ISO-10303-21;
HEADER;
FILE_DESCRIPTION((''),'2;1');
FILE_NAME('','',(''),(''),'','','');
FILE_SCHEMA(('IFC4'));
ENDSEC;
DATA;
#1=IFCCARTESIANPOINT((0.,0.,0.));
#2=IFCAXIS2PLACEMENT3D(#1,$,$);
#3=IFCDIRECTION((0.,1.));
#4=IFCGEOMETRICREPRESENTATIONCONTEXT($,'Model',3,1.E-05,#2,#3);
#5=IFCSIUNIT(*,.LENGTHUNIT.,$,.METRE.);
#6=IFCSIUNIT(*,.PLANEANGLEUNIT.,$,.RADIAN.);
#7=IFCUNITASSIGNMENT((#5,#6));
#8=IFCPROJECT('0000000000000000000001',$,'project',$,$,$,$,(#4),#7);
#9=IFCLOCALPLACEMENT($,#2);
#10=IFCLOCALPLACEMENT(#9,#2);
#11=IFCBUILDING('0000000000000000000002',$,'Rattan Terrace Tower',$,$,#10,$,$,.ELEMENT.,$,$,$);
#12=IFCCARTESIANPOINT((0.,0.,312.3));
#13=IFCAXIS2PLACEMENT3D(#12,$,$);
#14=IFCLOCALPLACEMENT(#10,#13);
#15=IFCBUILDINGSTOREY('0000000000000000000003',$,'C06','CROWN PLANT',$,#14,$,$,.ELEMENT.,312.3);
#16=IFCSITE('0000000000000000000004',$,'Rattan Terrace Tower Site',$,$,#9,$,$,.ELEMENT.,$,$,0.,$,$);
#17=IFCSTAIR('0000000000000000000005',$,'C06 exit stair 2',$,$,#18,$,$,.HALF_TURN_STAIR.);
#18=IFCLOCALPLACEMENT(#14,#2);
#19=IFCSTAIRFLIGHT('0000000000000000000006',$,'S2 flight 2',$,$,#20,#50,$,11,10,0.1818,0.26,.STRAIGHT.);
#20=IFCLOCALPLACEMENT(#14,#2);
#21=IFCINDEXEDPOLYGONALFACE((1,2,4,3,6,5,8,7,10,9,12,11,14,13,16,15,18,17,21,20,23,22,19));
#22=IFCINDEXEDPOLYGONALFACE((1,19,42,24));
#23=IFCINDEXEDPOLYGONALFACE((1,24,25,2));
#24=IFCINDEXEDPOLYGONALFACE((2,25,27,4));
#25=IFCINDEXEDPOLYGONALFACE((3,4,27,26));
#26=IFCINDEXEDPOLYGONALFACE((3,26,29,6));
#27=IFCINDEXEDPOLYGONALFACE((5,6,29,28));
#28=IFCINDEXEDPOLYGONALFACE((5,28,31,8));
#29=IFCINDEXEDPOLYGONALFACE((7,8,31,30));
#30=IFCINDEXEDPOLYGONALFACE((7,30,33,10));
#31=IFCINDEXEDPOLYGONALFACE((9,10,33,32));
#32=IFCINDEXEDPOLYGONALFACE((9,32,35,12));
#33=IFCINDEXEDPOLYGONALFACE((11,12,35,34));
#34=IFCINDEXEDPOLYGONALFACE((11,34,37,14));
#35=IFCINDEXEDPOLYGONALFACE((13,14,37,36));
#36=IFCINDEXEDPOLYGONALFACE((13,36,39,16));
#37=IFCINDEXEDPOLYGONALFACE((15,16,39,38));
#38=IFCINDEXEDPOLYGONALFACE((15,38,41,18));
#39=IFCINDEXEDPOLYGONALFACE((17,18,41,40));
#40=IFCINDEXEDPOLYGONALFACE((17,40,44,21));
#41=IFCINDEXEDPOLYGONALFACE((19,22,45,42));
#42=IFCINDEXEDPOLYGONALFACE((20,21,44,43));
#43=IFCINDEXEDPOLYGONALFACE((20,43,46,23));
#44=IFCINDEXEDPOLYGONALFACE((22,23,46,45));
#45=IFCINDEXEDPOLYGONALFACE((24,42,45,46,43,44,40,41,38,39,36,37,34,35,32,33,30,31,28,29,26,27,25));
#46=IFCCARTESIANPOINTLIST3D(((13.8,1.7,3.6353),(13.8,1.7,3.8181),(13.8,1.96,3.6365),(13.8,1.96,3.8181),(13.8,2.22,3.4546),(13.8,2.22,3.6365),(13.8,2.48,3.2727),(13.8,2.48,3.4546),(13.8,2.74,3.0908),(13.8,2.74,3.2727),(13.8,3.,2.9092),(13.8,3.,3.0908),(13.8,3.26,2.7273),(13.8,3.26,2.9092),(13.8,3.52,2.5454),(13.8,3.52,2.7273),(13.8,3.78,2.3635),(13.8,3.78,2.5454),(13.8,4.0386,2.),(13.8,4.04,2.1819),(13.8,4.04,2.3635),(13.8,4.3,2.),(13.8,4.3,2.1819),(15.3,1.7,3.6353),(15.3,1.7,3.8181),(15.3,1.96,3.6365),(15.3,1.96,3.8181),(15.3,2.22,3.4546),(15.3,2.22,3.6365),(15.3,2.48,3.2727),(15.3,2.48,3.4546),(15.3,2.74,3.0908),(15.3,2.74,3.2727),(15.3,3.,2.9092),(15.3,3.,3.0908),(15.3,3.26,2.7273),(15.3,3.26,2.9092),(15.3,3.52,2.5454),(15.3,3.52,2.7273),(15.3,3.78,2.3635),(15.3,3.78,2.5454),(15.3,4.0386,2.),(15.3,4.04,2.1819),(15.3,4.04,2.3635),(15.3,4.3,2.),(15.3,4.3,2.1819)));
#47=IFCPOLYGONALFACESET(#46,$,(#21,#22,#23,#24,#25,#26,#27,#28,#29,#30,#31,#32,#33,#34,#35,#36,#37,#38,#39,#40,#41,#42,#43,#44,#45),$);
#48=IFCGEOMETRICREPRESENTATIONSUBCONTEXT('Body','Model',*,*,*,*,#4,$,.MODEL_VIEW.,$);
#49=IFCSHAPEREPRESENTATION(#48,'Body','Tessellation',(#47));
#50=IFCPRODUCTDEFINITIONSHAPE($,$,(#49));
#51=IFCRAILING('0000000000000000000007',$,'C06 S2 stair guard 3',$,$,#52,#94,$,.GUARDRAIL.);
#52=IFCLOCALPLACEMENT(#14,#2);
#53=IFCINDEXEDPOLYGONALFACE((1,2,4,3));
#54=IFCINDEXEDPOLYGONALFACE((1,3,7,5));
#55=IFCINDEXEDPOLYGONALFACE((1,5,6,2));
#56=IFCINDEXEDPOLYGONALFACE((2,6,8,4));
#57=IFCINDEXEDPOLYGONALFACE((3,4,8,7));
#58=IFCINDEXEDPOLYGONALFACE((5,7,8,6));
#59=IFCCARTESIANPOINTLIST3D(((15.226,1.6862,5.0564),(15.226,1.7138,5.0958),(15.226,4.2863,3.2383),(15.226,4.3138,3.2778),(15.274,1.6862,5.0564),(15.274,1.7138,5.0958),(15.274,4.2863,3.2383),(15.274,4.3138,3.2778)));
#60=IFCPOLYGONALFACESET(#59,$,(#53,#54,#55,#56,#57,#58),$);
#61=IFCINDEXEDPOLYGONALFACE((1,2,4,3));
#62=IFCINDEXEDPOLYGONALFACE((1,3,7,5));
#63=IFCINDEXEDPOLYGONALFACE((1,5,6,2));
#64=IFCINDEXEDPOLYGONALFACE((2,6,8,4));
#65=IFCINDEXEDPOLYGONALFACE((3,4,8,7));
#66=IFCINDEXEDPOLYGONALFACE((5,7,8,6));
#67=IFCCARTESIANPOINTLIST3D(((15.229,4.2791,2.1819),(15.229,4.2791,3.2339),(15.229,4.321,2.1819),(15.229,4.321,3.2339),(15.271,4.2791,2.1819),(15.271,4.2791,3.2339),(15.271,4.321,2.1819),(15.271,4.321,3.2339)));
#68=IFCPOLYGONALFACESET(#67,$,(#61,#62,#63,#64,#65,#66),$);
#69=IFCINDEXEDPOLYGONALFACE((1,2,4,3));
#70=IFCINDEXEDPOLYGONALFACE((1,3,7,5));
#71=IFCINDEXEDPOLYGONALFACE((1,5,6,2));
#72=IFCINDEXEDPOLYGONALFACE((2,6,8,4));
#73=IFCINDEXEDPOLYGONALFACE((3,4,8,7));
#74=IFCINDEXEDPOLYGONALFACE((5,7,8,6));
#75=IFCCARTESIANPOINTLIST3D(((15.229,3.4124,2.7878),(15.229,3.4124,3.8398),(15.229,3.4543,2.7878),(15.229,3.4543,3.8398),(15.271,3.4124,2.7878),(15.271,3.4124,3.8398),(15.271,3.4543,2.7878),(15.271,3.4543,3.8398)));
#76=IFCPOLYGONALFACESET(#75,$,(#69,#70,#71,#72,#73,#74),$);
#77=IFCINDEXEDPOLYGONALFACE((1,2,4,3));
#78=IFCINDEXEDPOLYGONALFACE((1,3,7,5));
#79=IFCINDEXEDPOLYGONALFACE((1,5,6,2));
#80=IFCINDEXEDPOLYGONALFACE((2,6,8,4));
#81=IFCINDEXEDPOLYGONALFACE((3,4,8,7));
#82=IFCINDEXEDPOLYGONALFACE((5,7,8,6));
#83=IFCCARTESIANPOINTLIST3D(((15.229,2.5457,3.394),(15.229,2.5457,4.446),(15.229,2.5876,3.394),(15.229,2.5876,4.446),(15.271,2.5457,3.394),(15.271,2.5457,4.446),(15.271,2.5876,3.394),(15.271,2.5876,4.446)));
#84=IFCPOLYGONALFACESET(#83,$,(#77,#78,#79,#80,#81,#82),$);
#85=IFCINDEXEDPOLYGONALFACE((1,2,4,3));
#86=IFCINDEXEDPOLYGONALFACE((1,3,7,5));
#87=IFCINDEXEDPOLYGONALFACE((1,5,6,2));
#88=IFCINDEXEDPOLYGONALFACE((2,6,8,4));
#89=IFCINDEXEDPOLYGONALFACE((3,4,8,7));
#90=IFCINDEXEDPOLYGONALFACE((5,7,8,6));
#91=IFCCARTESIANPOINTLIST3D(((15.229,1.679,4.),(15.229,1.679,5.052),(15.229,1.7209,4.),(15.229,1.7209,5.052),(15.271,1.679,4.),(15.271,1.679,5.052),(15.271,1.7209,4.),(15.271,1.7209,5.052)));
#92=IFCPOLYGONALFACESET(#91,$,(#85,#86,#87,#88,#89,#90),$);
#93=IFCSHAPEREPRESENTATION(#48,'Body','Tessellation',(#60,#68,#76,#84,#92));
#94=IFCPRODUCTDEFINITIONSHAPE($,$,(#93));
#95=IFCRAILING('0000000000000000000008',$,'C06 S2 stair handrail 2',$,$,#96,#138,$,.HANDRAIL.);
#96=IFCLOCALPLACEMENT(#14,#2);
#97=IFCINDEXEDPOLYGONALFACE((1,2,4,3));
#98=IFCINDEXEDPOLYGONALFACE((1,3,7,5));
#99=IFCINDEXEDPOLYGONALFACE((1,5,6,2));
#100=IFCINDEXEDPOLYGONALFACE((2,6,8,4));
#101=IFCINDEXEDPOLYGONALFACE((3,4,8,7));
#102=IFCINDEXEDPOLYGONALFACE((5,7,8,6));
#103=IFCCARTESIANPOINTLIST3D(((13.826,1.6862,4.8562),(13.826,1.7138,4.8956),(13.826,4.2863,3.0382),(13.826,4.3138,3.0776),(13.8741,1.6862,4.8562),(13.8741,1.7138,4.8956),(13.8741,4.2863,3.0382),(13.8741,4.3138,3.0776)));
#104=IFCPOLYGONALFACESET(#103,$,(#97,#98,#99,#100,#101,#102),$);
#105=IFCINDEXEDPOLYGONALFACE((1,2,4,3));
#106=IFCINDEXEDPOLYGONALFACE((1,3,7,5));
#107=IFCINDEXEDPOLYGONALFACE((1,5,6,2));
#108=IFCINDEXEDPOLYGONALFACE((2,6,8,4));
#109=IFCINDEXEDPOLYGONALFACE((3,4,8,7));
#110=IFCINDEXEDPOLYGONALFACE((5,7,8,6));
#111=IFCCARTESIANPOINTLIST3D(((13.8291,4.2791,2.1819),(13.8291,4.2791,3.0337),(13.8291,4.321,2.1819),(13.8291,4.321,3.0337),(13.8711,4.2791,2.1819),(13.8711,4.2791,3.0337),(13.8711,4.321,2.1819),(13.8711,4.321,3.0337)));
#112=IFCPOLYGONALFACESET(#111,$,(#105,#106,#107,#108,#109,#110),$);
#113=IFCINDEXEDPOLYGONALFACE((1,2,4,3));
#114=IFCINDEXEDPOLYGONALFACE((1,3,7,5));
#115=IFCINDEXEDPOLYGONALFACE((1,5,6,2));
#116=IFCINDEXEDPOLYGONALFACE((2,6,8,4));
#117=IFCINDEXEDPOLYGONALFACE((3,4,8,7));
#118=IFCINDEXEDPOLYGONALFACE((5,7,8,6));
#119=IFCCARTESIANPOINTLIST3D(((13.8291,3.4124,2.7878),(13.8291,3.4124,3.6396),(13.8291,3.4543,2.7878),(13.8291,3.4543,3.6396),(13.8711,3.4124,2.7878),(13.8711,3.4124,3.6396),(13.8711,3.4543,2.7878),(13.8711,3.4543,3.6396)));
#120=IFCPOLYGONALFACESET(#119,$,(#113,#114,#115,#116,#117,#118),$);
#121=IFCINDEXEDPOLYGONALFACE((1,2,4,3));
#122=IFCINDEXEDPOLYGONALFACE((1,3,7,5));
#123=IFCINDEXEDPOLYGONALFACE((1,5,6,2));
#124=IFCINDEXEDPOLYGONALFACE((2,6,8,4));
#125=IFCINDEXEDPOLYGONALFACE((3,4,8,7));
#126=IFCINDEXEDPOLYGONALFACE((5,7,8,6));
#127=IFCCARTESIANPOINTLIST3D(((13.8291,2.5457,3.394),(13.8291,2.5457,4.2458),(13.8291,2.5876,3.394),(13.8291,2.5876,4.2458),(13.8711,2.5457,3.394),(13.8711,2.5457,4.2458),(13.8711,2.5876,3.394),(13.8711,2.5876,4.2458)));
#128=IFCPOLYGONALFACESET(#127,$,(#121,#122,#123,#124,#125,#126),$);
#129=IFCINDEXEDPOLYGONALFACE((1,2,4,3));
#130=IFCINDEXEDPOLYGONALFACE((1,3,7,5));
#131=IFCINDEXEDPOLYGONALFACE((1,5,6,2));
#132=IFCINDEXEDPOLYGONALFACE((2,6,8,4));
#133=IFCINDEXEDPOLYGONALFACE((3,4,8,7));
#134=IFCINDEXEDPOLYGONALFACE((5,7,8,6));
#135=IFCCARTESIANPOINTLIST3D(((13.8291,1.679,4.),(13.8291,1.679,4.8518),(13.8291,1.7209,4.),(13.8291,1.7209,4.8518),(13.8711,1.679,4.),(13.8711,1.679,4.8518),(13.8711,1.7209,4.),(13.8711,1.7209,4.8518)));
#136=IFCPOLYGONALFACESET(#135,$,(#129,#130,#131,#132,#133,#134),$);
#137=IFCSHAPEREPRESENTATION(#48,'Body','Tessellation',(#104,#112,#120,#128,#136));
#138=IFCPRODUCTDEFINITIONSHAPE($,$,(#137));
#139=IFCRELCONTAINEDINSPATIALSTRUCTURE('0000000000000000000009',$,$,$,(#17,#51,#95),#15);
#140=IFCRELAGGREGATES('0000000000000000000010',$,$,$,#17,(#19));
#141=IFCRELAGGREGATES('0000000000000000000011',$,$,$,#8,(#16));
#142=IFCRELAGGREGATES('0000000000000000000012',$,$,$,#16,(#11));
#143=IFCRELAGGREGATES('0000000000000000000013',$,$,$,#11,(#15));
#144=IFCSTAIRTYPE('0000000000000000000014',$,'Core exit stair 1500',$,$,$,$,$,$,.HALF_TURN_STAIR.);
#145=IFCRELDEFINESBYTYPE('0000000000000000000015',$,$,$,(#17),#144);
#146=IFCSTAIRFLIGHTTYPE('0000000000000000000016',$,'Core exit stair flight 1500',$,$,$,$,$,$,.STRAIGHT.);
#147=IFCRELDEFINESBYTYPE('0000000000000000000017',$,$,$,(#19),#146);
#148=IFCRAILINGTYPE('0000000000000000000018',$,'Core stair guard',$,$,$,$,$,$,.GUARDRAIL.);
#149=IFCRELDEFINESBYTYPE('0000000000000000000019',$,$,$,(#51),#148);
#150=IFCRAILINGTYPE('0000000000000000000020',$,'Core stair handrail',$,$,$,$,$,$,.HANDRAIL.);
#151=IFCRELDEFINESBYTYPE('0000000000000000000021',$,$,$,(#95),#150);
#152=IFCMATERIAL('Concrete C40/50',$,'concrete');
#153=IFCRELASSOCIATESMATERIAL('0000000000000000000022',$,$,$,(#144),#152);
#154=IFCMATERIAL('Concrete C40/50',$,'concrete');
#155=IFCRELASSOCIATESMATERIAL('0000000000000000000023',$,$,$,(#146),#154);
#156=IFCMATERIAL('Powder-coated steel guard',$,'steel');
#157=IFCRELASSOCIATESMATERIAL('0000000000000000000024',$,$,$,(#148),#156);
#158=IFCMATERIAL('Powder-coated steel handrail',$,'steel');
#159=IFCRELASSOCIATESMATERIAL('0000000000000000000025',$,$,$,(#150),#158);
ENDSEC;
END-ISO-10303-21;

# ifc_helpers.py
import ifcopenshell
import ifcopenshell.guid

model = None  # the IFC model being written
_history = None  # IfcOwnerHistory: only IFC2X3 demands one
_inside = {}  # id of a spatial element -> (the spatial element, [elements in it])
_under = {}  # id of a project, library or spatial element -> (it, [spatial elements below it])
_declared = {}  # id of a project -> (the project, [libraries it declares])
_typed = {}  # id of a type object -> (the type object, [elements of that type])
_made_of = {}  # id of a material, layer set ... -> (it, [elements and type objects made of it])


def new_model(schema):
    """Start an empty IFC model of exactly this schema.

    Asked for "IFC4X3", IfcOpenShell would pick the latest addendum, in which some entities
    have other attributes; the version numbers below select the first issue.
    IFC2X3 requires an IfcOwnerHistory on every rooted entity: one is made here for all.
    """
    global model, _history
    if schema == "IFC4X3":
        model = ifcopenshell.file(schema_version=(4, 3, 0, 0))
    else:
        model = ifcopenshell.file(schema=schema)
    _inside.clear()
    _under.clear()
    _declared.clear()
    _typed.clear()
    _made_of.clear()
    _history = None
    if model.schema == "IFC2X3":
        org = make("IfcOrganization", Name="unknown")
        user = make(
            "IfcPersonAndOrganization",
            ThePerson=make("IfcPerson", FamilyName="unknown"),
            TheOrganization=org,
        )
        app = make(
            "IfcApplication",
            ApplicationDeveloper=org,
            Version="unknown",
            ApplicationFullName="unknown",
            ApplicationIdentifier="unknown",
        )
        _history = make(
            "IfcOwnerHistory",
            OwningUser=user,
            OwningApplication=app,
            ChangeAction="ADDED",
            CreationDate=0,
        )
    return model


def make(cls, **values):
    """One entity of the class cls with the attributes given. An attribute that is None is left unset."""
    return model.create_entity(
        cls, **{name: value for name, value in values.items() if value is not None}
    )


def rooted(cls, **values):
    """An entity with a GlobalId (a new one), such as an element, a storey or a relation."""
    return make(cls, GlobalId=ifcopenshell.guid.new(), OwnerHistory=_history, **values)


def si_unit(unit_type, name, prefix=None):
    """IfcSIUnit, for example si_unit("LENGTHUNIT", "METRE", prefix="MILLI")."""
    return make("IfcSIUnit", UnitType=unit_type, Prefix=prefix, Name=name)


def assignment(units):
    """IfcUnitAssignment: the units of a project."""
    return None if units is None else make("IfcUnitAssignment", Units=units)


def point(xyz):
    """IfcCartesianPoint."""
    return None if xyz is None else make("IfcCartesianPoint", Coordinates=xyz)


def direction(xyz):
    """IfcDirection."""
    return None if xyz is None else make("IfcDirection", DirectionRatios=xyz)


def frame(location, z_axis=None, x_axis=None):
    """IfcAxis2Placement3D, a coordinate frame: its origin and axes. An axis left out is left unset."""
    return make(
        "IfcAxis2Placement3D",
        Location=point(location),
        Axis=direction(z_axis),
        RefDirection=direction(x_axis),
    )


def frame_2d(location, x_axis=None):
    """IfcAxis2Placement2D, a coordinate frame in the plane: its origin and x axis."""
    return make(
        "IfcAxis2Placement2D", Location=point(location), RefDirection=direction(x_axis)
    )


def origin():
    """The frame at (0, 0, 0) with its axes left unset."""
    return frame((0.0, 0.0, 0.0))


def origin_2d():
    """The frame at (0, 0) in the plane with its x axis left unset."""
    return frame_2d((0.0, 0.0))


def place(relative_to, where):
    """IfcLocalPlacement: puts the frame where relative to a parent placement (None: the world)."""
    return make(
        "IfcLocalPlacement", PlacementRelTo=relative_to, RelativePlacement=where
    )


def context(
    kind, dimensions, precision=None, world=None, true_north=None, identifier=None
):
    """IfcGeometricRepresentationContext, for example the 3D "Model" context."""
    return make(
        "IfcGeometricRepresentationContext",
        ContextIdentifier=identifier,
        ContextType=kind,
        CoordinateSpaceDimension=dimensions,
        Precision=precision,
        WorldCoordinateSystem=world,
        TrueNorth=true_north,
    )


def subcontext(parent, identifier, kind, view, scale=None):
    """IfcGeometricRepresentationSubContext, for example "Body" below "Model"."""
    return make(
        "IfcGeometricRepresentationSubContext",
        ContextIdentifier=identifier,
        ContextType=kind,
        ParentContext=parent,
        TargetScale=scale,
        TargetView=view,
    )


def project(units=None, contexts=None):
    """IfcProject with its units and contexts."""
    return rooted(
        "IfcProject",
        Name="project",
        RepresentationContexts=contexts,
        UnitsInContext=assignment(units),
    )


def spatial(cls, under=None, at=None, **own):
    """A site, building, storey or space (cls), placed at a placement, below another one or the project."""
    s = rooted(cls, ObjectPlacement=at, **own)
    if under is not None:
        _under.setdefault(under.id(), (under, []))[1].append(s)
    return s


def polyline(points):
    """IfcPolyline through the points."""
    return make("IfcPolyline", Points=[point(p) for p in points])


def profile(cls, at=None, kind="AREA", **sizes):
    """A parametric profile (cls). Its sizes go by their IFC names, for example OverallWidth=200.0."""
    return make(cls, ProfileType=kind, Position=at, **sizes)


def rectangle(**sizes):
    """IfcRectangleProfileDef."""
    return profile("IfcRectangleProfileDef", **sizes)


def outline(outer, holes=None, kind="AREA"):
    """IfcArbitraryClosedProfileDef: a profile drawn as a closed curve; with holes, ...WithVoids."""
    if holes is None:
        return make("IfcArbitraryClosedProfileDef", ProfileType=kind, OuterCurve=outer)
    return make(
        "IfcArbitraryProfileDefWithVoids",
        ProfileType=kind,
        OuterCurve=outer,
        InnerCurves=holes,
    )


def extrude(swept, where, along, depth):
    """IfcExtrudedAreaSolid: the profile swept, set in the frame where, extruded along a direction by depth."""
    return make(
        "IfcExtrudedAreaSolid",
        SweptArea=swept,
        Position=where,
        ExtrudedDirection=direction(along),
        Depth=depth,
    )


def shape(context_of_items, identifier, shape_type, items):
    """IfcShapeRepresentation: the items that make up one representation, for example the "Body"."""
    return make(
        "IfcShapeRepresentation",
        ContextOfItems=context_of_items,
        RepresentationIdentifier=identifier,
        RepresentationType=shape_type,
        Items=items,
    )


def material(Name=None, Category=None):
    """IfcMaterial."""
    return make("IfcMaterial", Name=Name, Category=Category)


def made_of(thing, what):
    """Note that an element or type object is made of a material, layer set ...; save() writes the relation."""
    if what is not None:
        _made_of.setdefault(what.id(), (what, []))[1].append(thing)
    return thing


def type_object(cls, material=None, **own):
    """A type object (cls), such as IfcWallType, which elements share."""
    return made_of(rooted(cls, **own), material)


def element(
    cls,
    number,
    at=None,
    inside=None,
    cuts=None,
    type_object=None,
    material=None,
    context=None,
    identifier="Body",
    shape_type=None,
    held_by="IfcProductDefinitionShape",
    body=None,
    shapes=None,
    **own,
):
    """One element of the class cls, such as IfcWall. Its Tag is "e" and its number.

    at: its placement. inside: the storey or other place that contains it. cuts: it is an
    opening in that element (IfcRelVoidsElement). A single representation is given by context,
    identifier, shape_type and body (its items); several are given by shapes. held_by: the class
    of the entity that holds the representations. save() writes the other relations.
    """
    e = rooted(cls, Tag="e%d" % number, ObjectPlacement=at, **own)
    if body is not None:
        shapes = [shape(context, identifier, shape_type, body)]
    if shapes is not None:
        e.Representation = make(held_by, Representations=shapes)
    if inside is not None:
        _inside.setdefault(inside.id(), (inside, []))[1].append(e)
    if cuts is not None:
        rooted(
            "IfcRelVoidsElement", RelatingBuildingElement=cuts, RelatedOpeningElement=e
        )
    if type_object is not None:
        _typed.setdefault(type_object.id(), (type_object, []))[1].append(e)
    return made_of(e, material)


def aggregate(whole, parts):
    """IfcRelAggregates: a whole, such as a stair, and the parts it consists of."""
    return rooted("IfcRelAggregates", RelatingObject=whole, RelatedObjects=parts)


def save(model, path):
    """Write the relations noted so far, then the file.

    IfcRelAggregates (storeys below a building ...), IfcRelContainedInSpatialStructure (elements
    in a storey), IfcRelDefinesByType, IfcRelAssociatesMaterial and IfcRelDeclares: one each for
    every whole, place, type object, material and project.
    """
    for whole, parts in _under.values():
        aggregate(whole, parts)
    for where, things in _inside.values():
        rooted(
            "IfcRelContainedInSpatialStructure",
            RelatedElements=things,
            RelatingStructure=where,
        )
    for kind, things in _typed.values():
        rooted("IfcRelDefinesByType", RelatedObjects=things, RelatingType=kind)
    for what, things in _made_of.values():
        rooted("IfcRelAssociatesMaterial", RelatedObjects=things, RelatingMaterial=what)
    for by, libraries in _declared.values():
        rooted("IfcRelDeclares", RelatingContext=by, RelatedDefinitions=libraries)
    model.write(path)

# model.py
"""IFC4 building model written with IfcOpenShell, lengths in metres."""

from ifc_helpers import new_model, si_unit, direction, frame, origin, origin_2d, place, context, subcontext, project, spatial, polyline, rectangle, outline, extrude, material, type_object, element, aggregate, save


model = new_model("IFC4")

# Units and contexts
model_context = context("Model", 3, precision=1e-05, world=origin(), true_north=direction((0.0, 1.0)))
body_context = subcontext(model_context, "Body", "Model", "MODEL_VIEW")
ifc_project = project(units=[si_unit("LENGTHUNIT", "METRE"), si_unit("PLANEANGLEUNIT", "RADIAN")], contexts=[model_context])

# Site, building, storey
site_placement = place(None, origin())
site = spatial("IfcSite", under=ifc_project, at=site_placement, Name="Rattan Terrace Tower Site", CompositionType="ELEMENT", RefElevation=0.0)
building_placement = place(site_placement, origin())
building = spatial("IfcBuilding", under=site, at=building_placement, Name="Rattan Terrace Tower", CompositionType="ELEMENT")
storey_placement = place(building_placement, frame((0.0, 0.0, 312.3)))
storey = spatial("IfcBuildingStorey", under=building, at=storey_placement, Name="C06", Description="CROWN PLANT", CompositionType="ELEMENT", Elevation=312.3)

# Stair
ifc_material_1 = material(Name="Concrete C40/50", Category="concrete")
stair_type = type_object("IfcStairType", Name="Core exit stair 1500", PredefinedType="HALF_TURN_STAIR", material=ifc_material_1)
stair_1_placement = place(storey_placement, origin())
stair_1 = element("IfcStair", 1, at=stair_1_placement, inside=storey, type_object=stair_type, Name="C06 exit stair 2", PredefinedType="HALF_TURN_STAIR")

# Stair flight
ifc_material_2 = material(Name="Concrete C40/50", Category="concrete")
stair_flight_type = type_object("IfcStairFlightType", Name="Core exit stair flight 1500", PredefinedType="STRAIGHT", material=ifc_material_2)
stair_flight_placement = place(storey_placement, frame((14.55, 4.3, 2.0), z_axis=(0.0, 0.0, 1.0), x_axis=(0.0, -1.0, 0.0)))
stair_flight = element("IfcStairFlight", 2, at=stair_flight_placement, type_object=stair_flight_type, Name="S2 flight 2", NumberOfRisers=11, NumberOfTreads=10, PredefinedType="STRAIGHT", RiserHeight=0.1818, TreadLength=0.26, context=body_context, shape_type="SweptSolid", body=[
    extrude(outline(polyline([(0.0, 0.0), (0.0, 0.1819), (0.26, 0.1819), (0.26, 0.3635), (0.52, 0.3635), (0.52, 0.5454), (0.78, 0.5454), (0.78, 0.7273), (1.04, 0.7273), (1.04, 0.9092), (1.3, 0.9092), (1.3, 1.0908), (1.5601, 1.0908), (1.5601, 1.2727), (1.8201, 1.2727), (1.8201, 1.4546), (2.0801, 1.4546), (2.0801, 1.6365), (2.3401, 1.6365), (2.3401, 1.8181), (2.6001, 1.8181), (2.6001, 2.0), (2.6001, 1.6353), (0.2615, 0.0), (0.0, 0.0)])), frame((0.0, 0.75, 0.0), z_axis=(0.0, -1.0, 0.0), x_axis=(1.0, 0.0, 0.0)), (0.0, 0.0, 1.0), 1.5),
])
aggregate(stair_1, [stair_flight])

# Railings
ifc_material_3 = material(Name="Powder-coated steel guard", Category="steel")
railing_type_1 = type_object("IfcRailingType", Name="Core stair guard", PredefinedType="GUARDRAIL", material=ifc_material_3)
railing_1_placement = place(storey_placement, frame((15.25, 4.3, 2.1819)))
element("IfcRailing", 3, at=railing_1_placement, inside=storey, type_object=railing_type_1, Name="C06 S2 stair guard 3", PredefinedType="GUARDRAIL", context=body_context, shape_type="SweptSolid", body=[
    extrude(rectangle(XDim=0.0481, YDim=0.0481, at=origin_2d()), frame((0.0, 0.0, 1.0762), z_axis=(0.0, -0.819521, 0.573049), x_axis=(1.0, 0.0, 0.0)), (0.0, 0.0, 1.0), 3.1726),
    extrude(rectangle(XDim=0.042, YDim=0.042, at=origin_2d()), origin(), (0.0, 0.0, 1.0), 1.052),
    extrude(rectangle(XDim=0.042, YDim=0.042, at=origin_2d()), frame((0.0, -0.8667, 0.606)), (0.0, 0.0, 1.0), 1.052),
    extrude(rectangle(XDim=0.042, YDim=0.042, at=origin_2d()), frame((0.0, -1.7334, 1.2122)), (0.0, 0.0, 1.0), 1.052),
    extrude(rectangle(XDim=0.042, YDim=0.042, at=origin_2d()), frame((0.0, -2.6001, 1.8181)), (0.0, 0.0, 1.0), 1.052),
])
ifc_material_4 = material(Name="Powder-coated steel handrail", Category="steel")
railing_type_2 = type_object("IfcRailingType", Name="Core stair handrail", PredefinedType="HANDRAIL", material=ifc_material_4)
railing_2_placement = place(storey_placement, frame((13.8501, 4.3, 2.1819)))
element("IfcRailing", 4, at=railing_2_placement, inside=storey, type_object=railing_type_2, Name="C06 S2 stair handrail 2", PredefinedType="HANDRAIL", context=body_context, shape_type="SweptSolid", body=[
    extrude(rectangle(XDim=0.0481, YDim=0.0481, at=origin_2d()), frame((0.0, 0.0, 0.876), z_axis=(0.0, -0.819521, 0.573049), x_axis=(1.0, 0.0, 0.0)), (0.0, 0.0, 1.0), 3.1726),
    extrude(rectangle(XDim=0.042, YDim=0.042, at=origin_2d()), origin(), (0.0, 0.0, 1.0), 0.8518),
    extrude(rectangle(XDim=0.042, YDim=0.042, at=origin_2d()), frame((0.0, -0.8667, 0.606)), (0.0, 0.0, 1.0), 0.8518),
    extrude(rectangle(XDim=0.042, YDim=0.042, at=origin_2d()), frame((0.0, -1.7334, 1.2122)), (0.0, 0.0, 1.0), 0.8518),
    extrude(rectangle(XDim=0.042, YDim=0.042, at=origin_2d()), frame((0.0, -2.6001, 1.8181)), (0.0, 0.0, 1.0), 0.8518),
])

save(model, "model.ifc")
